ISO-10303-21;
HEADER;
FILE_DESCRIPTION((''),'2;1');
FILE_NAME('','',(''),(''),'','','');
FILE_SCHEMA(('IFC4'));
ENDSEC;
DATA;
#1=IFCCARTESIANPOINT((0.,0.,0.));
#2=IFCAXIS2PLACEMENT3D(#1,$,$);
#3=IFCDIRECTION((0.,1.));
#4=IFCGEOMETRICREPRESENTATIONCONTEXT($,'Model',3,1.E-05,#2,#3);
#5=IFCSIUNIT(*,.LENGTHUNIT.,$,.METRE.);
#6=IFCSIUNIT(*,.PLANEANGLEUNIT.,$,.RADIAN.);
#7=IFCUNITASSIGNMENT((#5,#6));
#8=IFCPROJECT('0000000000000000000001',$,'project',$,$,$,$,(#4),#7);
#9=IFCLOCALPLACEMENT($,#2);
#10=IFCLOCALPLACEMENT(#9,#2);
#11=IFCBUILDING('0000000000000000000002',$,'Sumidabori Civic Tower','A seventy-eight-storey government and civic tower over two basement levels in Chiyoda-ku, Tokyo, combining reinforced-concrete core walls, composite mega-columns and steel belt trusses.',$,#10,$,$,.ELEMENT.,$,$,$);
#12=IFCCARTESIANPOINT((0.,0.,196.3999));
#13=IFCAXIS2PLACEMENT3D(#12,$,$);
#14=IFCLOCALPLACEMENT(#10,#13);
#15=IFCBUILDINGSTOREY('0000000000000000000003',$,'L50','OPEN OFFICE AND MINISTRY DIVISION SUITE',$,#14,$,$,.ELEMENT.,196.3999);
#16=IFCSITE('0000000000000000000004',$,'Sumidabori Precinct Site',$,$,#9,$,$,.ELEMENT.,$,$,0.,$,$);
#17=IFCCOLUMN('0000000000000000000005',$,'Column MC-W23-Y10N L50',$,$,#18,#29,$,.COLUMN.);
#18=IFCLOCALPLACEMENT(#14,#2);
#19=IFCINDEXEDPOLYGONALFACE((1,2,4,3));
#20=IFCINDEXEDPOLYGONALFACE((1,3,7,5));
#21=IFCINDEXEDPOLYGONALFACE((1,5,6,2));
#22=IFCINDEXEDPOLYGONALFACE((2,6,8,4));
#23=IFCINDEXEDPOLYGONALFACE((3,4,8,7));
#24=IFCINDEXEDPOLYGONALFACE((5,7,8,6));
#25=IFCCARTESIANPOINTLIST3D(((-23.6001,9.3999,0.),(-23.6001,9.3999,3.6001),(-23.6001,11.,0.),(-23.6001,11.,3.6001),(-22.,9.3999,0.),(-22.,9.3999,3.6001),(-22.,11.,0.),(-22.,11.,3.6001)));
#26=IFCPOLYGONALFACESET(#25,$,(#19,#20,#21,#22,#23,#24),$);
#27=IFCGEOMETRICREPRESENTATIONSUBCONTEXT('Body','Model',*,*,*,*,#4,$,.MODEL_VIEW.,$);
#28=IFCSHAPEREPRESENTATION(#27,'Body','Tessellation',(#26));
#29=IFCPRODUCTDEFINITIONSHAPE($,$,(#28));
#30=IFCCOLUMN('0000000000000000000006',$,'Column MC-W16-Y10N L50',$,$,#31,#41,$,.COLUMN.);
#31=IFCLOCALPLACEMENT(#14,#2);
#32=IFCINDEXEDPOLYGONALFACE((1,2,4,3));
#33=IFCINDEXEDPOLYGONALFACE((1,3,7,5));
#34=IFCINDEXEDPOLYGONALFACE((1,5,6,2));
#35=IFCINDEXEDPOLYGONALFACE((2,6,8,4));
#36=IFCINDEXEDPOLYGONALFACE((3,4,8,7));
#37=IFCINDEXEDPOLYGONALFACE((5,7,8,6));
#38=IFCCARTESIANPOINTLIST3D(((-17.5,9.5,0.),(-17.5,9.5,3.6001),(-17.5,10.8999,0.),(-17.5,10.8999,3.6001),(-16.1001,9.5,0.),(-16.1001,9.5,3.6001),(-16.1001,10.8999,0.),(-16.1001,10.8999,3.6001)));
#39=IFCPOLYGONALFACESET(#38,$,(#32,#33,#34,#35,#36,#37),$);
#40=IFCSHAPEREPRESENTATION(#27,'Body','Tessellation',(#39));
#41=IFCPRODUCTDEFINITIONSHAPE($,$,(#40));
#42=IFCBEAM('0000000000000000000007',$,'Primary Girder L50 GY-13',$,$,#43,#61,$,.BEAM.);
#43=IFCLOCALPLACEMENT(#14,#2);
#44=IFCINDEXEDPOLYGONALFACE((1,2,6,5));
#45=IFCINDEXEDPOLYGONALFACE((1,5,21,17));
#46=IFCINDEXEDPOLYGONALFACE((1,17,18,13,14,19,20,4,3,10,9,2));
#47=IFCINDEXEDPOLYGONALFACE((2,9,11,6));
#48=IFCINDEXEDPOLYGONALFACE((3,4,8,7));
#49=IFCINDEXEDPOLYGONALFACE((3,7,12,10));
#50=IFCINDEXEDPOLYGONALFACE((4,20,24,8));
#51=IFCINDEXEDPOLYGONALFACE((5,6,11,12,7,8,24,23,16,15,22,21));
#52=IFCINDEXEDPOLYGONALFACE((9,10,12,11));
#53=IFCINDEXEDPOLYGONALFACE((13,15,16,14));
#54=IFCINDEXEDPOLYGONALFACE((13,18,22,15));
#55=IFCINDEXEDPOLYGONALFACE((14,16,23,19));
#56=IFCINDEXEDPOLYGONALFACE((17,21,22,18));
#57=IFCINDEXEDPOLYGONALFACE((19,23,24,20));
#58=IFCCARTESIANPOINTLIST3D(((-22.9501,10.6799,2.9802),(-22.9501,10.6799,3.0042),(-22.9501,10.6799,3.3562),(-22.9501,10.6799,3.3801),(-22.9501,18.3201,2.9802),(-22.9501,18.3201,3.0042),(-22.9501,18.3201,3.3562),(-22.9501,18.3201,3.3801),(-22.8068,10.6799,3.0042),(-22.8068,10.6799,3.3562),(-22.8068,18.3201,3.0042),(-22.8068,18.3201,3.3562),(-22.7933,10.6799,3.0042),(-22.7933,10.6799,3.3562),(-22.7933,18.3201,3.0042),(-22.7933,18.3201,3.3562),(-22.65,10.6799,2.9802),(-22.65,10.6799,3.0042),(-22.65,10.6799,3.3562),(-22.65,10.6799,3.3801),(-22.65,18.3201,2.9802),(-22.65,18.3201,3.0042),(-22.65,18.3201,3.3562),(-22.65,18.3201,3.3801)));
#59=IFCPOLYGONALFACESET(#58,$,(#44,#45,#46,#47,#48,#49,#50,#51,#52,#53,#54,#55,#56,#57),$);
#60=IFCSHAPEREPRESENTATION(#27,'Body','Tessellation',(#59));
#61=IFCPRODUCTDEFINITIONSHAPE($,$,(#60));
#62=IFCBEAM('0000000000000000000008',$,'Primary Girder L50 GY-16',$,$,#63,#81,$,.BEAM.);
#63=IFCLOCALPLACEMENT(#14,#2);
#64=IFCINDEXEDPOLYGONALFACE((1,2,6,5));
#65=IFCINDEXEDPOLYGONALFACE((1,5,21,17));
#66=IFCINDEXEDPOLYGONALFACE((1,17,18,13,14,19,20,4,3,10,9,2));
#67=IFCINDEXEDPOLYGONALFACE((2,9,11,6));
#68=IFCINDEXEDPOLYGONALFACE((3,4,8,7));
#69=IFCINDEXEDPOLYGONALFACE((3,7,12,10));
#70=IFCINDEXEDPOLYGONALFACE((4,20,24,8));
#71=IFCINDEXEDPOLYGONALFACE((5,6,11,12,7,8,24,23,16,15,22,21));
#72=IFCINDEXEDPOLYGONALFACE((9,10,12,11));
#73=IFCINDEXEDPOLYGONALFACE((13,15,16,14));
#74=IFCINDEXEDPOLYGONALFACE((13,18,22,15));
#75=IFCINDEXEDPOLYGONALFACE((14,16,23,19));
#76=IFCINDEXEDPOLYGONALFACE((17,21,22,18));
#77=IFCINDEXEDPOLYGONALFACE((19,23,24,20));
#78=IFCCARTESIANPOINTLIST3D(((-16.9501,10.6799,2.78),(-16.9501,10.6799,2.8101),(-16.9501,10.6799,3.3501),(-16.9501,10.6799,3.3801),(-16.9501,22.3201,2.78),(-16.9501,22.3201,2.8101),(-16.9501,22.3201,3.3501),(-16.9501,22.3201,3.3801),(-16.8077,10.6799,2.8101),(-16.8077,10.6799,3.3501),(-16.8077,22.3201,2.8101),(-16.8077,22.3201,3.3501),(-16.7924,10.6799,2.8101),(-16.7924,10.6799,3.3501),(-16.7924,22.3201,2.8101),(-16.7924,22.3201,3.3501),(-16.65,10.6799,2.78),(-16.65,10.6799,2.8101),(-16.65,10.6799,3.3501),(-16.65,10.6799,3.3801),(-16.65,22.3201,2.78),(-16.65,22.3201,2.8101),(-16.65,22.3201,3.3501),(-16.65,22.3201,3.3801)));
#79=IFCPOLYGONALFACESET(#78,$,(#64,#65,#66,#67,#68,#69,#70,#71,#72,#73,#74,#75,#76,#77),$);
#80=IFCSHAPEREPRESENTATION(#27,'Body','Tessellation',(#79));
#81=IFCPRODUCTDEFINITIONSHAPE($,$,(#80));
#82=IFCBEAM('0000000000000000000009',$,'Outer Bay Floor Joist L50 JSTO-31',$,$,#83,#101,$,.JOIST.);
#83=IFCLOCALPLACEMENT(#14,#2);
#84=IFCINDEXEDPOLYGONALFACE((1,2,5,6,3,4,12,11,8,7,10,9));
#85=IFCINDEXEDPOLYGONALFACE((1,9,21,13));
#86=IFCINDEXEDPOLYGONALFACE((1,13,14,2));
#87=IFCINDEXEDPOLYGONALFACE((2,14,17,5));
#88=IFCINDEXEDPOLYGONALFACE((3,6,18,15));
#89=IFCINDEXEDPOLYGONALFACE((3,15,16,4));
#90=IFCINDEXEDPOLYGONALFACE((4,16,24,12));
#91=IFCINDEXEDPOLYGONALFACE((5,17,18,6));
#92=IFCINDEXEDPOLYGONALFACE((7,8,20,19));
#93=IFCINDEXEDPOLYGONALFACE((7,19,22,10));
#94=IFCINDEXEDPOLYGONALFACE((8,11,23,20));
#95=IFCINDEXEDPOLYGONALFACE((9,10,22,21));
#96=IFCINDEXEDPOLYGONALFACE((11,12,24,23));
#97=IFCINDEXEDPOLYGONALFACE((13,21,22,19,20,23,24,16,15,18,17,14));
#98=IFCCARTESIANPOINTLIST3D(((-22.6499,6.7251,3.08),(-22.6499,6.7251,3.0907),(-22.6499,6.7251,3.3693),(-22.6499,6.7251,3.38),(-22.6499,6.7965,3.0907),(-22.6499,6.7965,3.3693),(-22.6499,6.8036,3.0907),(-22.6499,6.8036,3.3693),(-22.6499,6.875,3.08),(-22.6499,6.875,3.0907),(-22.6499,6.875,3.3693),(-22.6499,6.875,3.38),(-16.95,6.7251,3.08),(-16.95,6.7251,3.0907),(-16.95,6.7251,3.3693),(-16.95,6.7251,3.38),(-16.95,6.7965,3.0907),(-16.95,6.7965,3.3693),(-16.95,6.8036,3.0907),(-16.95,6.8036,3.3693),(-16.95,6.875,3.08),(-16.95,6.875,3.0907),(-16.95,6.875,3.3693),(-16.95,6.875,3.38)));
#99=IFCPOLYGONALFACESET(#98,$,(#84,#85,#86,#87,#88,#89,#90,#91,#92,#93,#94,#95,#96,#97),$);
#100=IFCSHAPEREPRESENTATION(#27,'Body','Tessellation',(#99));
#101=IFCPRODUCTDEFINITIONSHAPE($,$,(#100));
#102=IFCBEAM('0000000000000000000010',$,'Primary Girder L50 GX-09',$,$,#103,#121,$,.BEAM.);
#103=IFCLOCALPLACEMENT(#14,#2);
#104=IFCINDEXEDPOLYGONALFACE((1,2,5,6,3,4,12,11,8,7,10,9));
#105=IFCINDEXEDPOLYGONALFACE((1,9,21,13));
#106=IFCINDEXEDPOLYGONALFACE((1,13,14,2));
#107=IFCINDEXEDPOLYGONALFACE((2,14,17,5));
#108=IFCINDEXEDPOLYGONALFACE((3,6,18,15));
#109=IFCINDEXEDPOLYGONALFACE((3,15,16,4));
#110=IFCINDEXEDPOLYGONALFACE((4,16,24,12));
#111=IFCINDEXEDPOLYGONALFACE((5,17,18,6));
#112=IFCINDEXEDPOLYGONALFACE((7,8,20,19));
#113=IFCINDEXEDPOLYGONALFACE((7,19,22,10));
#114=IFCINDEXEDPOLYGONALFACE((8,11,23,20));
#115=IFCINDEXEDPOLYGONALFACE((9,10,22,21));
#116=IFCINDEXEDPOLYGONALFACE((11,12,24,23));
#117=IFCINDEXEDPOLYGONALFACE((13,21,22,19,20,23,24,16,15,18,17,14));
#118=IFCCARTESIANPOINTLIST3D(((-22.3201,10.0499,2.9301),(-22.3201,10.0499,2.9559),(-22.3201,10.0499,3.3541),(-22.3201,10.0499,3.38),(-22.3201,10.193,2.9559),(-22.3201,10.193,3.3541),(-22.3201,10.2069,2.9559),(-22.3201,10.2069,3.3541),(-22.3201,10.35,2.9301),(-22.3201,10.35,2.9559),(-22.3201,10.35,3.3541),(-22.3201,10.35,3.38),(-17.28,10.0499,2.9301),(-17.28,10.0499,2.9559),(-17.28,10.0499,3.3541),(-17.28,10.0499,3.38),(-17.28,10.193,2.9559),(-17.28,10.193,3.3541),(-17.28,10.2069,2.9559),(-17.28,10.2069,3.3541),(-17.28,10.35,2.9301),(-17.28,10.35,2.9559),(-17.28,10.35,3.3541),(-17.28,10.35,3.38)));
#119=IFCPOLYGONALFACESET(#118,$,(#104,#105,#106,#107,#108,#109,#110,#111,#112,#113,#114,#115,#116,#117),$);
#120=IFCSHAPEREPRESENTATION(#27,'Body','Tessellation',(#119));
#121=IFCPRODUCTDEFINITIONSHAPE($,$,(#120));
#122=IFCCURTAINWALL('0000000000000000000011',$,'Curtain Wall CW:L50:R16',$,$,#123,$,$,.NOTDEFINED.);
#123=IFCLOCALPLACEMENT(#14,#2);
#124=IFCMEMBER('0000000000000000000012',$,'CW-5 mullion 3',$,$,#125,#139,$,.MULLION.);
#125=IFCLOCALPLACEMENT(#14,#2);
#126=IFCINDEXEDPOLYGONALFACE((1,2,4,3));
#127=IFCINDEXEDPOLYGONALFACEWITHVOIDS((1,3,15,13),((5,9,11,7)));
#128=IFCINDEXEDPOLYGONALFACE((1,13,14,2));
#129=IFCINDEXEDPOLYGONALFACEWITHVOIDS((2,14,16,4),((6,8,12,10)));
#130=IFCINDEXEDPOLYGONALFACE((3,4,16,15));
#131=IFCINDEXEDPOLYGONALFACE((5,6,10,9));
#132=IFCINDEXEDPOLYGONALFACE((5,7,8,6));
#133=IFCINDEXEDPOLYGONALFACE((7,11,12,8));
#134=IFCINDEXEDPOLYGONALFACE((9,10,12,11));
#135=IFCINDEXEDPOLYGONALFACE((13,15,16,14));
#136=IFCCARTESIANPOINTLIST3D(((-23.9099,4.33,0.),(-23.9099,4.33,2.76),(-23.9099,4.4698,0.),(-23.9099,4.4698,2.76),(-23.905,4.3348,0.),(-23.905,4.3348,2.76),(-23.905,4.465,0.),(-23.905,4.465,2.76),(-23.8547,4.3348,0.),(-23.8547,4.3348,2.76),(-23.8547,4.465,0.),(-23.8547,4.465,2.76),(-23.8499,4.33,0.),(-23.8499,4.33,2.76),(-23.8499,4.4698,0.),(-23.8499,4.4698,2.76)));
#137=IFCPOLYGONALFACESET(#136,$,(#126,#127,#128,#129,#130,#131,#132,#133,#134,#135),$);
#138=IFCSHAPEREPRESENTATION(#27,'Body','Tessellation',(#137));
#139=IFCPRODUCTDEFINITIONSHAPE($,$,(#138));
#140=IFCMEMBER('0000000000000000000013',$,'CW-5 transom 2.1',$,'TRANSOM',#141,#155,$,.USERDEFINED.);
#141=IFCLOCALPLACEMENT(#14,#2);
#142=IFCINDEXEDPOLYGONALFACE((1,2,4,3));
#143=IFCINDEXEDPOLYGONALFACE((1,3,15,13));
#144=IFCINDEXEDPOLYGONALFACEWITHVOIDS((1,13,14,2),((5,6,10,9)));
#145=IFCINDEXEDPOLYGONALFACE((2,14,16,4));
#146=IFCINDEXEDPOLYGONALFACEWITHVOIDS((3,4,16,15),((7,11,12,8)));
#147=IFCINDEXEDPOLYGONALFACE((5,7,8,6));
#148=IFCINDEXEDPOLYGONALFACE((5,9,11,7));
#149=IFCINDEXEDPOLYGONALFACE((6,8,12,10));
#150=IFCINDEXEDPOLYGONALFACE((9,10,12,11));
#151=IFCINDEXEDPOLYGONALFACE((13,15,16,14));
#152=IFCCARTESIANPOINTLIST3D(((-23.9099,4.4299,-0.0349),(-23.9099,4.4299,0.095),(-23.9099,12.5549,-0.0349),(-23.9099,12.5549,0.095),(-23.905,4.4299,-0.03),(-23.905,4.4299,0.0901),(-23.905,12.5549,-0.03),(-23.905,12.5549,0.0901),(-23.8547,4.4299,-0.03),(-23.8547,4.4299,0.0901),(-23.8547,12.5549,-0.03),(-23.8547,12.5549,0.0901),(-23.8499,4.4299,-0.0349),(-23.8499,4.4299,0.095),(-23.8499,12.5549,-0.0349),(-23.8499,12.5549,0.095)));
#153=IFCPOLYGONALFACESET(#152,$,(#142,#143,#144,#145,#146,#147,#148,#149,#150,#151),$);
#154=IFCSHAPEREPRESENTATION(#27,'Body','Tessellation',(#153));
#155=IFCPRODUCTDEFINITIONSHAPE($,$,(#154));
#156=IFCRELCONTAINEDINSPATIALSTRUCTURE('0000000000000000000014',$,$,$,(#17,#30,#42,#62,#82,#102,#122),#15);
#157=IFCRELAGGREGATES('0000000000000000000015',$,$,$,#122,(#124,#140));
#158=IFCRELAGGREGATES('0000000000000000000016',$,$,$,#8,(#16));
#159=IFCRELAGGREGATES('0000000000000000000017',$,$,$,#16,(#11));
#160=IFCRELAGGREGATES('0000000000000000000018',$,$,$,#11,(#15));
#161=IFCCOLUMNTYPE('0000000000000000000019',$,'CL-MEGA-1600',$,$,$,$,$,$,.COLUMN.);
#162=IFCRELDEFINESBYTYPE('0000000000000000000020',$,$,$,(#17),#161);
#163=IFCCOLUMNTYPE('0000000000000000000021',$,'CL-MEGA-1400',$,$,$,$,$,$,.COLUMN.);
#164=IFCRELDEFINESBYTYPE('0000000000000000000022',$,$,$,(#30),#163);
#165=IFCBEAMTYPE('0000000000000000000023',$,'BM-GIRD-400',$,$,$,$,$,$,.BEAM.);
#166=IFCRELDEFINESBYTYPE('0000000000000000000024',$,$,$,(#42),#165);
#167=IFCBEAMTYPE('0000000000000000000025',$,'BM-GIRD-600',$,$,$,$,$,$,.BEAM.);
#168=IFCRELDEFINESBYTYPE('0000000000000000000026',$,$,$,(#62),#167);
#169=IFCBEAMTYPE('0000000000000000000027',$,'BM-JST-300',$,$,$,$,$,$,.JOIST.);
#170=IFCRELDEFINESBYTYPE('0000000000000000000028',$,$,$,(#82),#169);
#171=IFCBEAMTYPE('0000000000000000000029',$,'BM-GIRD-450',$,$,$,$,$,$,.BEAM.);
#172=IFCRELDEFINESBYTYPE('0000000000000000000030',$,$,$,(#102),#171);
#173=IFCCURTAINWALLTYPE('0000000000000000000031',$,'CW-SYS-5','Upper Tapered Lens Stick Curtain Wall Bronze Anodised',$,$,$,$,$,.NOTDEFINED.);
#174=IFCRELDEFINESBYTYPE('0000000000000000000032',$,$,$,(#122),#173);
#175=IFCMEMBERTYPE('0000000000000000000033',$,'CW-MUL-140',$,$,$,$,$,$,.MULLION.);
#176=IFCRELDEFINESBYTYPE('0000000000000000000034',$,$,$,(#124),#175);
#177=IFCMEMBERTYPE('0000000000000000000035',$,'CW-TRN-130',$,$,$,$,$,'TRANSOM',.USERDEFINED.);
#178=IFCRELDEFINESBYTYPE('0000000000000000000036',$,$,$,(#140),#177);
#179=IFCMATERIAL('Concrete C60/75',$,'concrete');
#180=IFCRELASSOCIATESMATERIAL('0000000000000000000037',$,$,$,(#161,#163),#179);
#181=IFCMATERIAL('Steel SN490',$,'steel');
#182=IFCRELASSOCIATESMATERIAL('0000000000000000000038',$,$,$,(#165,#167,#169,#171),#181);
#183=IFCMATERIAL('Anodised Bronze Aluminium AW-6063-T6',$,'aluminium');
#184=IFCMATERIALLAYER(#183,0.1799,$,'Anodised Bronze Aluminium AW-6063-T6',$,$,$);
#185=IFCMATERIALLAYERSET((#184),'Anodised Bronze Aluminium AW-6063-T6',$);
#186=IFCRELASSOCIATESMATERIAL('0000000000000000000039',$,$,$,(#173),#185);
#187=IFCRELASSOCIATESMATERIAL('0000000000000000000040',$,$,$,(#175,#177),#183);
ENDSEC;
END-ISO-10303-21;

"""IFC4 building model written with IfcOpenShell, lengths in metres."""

from ifc_helpers import new_model, si_unit, direction, frame, origin, origin_2d, place, context, subcontext, project, spatial, rectangle, hollow_rectangle, i_section, extrude, source, transform, mapped, material, layer, layer_set, material_profile, profile_set, type_object, element, aggregate, save


model = new_model("IFC4")

# Units and contexts
model_context = context("Model", 3, precision=1e-05, world=origin(), true_north=direction((0.0, 1.0)))
body_context = subcontext(model_context, "Body", "Model", "MODEL_VIEW")
ifc_project = project(units=[si_unit("LENGTHUNIT", "METRE"), si_unit("PLANEANGLEUNIT", "RADIAN")], contexts=[model_context])

# Site, building, storey
site_placement = place(None, origin())
site = spatial("IfcSite", under=ifc_project, at=site_placement, Name="Sumidabori Precinct Site", CompositionType="ELEMENT", RefElevation=0.0)
building_placement = place(site_placement, origin())
building = spatial("IfcBuilding", under=site, at=building_placement, Name="Sumidabori Civic Tower", Description="A seventy-eight-storey government and civic tower over two basement levels in Chiyoda-ku, Tokyo, combining reinforced-concrete core walls, composite mega-columns and steel belt trusses.", CompositionType="ELEMENT")
storey_placement = place(building_placement, frame((0.0, 0.0, 196.3999)))
storey = spatial("IfcBuildingStorey", under=building, at=storey_placement, Name="L50", Description="OPEN OFFICE AND MINISTRY DIVISION SUITE", CompositionType="ELEMENT", Elevation=196.3999)

# Columns
ifc_material_1 = material(Name="Concrete C60/75", Category="concrete")
ifc_material_profile_1 = material_profile(ifc_material_1, rectangle(XDim=1.6001, YDim=1.6001, at=origin_2d()), Name="RC 1600x1600")
ifc_profile_set_1 = profile_set([ifc_material_profile_1], Name="Concrete C60/75")
column_type_1 = type_object("IfcColumnType", Name="CL-MEGA-1600", PredefinedType="COLUMN", material=ifc_profile_set_1)
shared_shape_1 = source(origin(), body_context, "Body", "SweptSolid", [
    extrude(rectangle(XDim=1.6001, YDim=1.6001, at=origin_2d()), origin(), (0.0, 0.0, 1.0), 3.6001),
])
column_1_placement = place(storey_placement, frame((-22.8, 10.2, 0.0), z_axis=(0.0, 0.0, 1.0), x_axis=(1.0, 0.0, 0.0)))
element("IfcColumn", 1, at=column_1_placement, inside=storey, type_object=column_type_1, Name="Column MC-W23-Y10N L50", PredefinedType="COLUMN", context=body_context, shape_type="MappedRepresentation", body=[
    mapped(shared_shape_1, transform((0.0, 0.0, 0.0), x_axis=(1.0, 0.0, 0.0), y_axis=(0.0, 1.0, 0.0), z_axis=(0.0, 0.0, 1.0), scale=1.0)),
])
ifc_material_profile_2 = material_profile(ifc_material_1, rectangle(XDim=1.3999, YDim=1.3999, at=origin_2d()), Name="RC 1400x1400")
ifc_profile_set_2 = profile_set([ifc_material_profile_2], Name="Concrete C60/75")
column_type_2 = type_object("IfcColumnType", Name="CL-MEGA-1400", PredefinedType="COLUMN", material=ifc_profile_set_2)
shared_shape_2 = source(origin(), body_context, "Body", "SweptSolid", [
    extrude(rectangle(XDim=1.3999, YDim=1.3999, at=origin_2d()), origin(), (0.0, 0.0, 1.0), 3.6001),
])
column_2_placement = place(storey_placement, frame((-16.8, 10.2, 0.0), z_axis=(0.0, 0.0, 1.0), x_axis=(1.0, 0.0, 0.0)))
element("IfcColumn", 2, at=column_2_placement, inside=storey, type_object=column_type_2, Name="Column MC-W16-Y10N L50", PredefinedType="COLUMN", context=body_context, shape_type="MappedRepresentation", body=[
    mapped(shared_shape_2, transform((0.0, 0.0, 0.0), x_axis=(1.0, 0.0, 0.0), y_axis=(0.0, 1.0, 0.0), z_axis=(0.0, 0.0, 1.0), scale=1.0)),
])

# Beams
ifc_material_2 = material(Name="Steel SN490", Category="steel")
ifc_material_profile_3 = material_profile(ifc_material_2, i_section(OverallWidth=0.3, OverallDepth=0.3999, WebThickness=0.0134, FlangeThickness=0.0239, at=origin_2d()), Name="HE 400 B")
ifc_profile_set_3 = profile_set([ifc_material_profile_3], Name="Steel SN490")
beam_type_1 = type_object("IfcBeamType", Name="BM-GIRD-400", PredefinedType="BEAM", material=ifc_profile_set_3)
shared_shape_3 = source(origin(), body_context, "Body", "SweptSolid", [
    extrude(i_section(OverallWidth=0.3, OverallDepth=0.3999, WebThickness=0.0134, FlangeThickness=0.0239, at=origin_2d()), origin(), (0.0, 0.0, 1.0), 7.6401),
])
beam_1_placement = place(storey_placement, frame((-22.8, 10.6799, 3.1802), z_axis=(0.0, 1.0, 0.0), x_axis=(-1.0, 0.0, 0.0)))
element("IfcBeam", 3, at=beam_1_placement, inside=storey, type_object=beam_type_1, Name="Primary Girder L50 GY-13", PredefinedType="BEAM", context=body_context, shape_type="MappedRepresentation", body=[
    mapped(shared_shape_3, transform((0.0, 0.0, 0.0), x_axis=(1.0, 0.0, 0.0), y_axis=(0.0, 1.0, 0.0), z_axis=(0.0, 0.0, 1.0), scale=1.0)),
])
ifc_material_profile_4 = material_profile(ifc_material_2, i_section(OverallWidth=0.3, OverallDepth=0.6001, WebThickness=0.0154, FlangeThickness=0.03, at=origin_2d()), Name="HE 600 B")
ifc_profile_set_4 = profile_set([ifc_material_profile_4], Name="Steel SN490")
beam_type_2 = type_object("IfcBeamType", Name="BM-GIRD-600", PredefinedType="BEAM", material=ifc_profile_set_4)
shared_shape_4 = source(origin(), body_context, "Body", "SweptSolid", [
    extrude(i_section(OverallWidth=0.3, OverallDepth=0.6001, WebThickness=0.0154, FlangeThickness=0.03, at=origin_2d()), origin(), (0.0, 0.0, 1.0), 11.6401),
])
beam_2_placement = place(storey_placement, frame((-16.8, 10.6799, 3.0801), z_axis=(0.0, 1.0, 0.0), x_axis=(-1.0, 0.0, 0.0)))
element("IfcBeam", 4, at=beam_2_placement, inside=storey, type_object=beam_type_2, Name="Primary Girder L50 GY-16", PredefinedType="BEAM", context=body_context, shape_type="MappedRepresentation", body=[
    mapped(shared_shape_4, transform((0.0, 0.0, 0.0), x_axis=(1.0, 0.0, 0.0), y_axis=(0.0, 1.0, 0.0), z_axis=(0.0, 0.0, 1.0), scale=1.0)),
])
ifc_material_profile_5 = material_profile(ifc_material_2, i_section(OverallWidth=0.1499, OverallDepth=0.3, WebThickness=0.0071, FlangeThickness=0.0107, at=origin_2d()), Name="IPE 300")
ifc_profile_set_5 = profile_set([ifc_material_profile_5], Name="Steel SN490")
beam_type_3 = type_object("IfcBeamType", Name="BM-JST-300", PredefinedType="JOIST", material=ifc_profile_set_5)
shared_shape_5 = source(origin(), body_context, "Body", "SweptSolid", [
    extrude(i_section(OverallWidth=0.1499, OverallDepth=0.3, WebThickness=0.0071, FlangeThickness=0.0107, at=origin_2d()), origin(), (0.0, 0.0, 1.0), 5.7),
])
beam_3_placement = place(storey_placement, frame((-22.6499, 6.8, 3.23), z_axis=(1.0, 0.0, 0.0), x_axis=(0.0, 1.0, 0.0)))
element("IfcBeam", 5, at=beam_3_placement, inside=storey, type_object=beam_type_3, Name="Outer Bay Floor Joist L50 JSTO-31", PredefinedType="JOIST", context=body_context, shape_type="MappedRepresentation", body=[
    mapped(shared_shape_5, transform((0.0, 0.0, 0.0), x_axis=(1.0, 0.0, 0.0), y_axis=(0.0, 1.0, 0.0), z_axis=(0.0, 0.0, 1.0), scale=1.0)),
])
ifc_material_profile_6 = material_profile(ifc_material_2, i_section(OverallWidth=0.3, OverallDepth=0.45, WebThickness=0.0139, FlangeThickness=0.0259, at=origin_2d()), Name="HE 450 B")
ifc_profile_set_6 = profile_set([ifc_material_profile_6], Name="Steel SN490")
beam_type_4 = type_object("IfcBeamType", Name="BM-GIRD-450", PredefinedType="BEAM", material=ifc_profile_set_6)
shared_shape_6 = source(origin(), body_context, "Body", "SweptSolid", [
    extrude(i_section(OverallWidth=0.3, OverallDepth=0.45, WebThickness=0.0139, FlangeThickness=0.0259, at=origin_2d()), origin(), (0.0, 0.0, 1.0), 5.04),
])
beam_4_placement = place(storey_placement, frame((-22.3201, 10.2, 3.155), z_axis=(1.0, 0.0, 0.0), x_axis=(0.0, 1.0, 0.0)))
element("IfcBeam", 6, at=beam_4_placement, inside=storey, type_object=beam_type_4, Name="Primary Girder L50 GX-09", PredefinedType="BEAM", context=body_context, shape_type="MappedRepresentation", body=[
    mapped(shared_shape_6, transform((0.0, 0.0, 0.0), x_axis=(1.0, 0.0, 0.0), y_axis=(0.0, 1.0, 0.0), z_axis=(0.0, 0.0, 1.0), scale=1.0)),
])

# Curtain wall, members
ifc_material_3 = material(Name="Anodised Bronze Aluminium AW-6063-T6", Category="aluminium")
ifc_layer_1 = layer(ifc_material_3, 0.1799, Name="Anodised Bronze Aluminium AW-6063-T6")
ifc_layer_set_1 = layer_set([ifc_layer_1], Name="Anodised Bronze Aluminium AW-6063-T6")
curtain_wall_type = type_object("IfcCurtainWallType", Name="CW-SYS-5", Description="Upper Tapered Lens Stick Curtain Wall Bronze Anodised", PredefinedType="NOTDEFINED", material=ifc_layer_set_1)
curtain_wall_placement = place(storey_placement, origin())
curtain_wall = element("IfcCurtainWall", 7, at=curtain_wall_placement, inside=storey, type_object=curtain_wall_type, Name="Curtain Wall CW:L50:R16", PredefinedType="NOTDEFINED")
ifc_material_profile_7 = material_profile(ifc_material_3, hollow_rectangle(XDim=0.0601, YDim=0.1399, WallThickness=0.0049, at=origin_2d()), Name="ALU MULLION 140x60")
ifc_profile_set_7 = profile_set([ifc_material_profile_7], Name="Anodised Bronze Aluminium AW-6063-T6")
member_type_1 = type_object("IfcMemberType", Name="CW-MUL-140", PredefinedType="MULLION", material=ifc_profile_set_7)
shared_shape_7 = source(origin(), body_context, "Body", "SweptSolid", [
    extrude(hollow_rectangle(XDim=0.0601, YDim=0.1399, WallThickness=0.0049, at=origin_2d()), origin(), (0.0, 0.0, 1.0), 2.76),
])
member_1_placement = place(storey_placement, frame((-23.8799, 4.3999, 0.0), z_axis=(0.0, 0.0, 1.0), x_axis=(1.0, 0.0, 0.0)))
member_1 = element("IfcMember", 8, at=member_1_placement, type_object=member_type_1, Name="CW-5 mullion 3", PredefinedType="MULLION", context=body_context, shape_type="MappedRepresentation", body=[
    mapped(shared_shape_7, transform((0.0, 0.0, 0.0), x_axis=(1.0, 0.0, 0.0), y_axis=(0.0, 1.0, 0.0), z_axis=(0.0, 0.0, 1.0), scale=1.0)),
])
ifc_material_profile_8 = material_profile(ifc_material_3, hollow_rectangle(XDim=0.0601, YDim=0.1299, WallThickness=0.0049, at=origin_2d()), Name="ALU TRANSOM 130x60")
ifc_profile_set_8 = profile_set([ifc_material_profile_8], Name="Anodised Bronze Aluminium AW-6063-T6")
member_type_2 = type_object("IfcMemberType", Name="CW-TRN-130", ElementType="TRANSOM", PredefinedType="USERDEFINED", material=ifc_profile_set_8)
shared_shape_8 = source(origin(), body_context, "Body", "SweptSolid", [
    extrude(hollow_rectangle(XDim=0.0601, YDim=0.1299, WallThickness=0.0049, at=origin_2d()), origin(), (0.0, 0.0, 1.0), 8.125),
])
member_2_placement = place(storey_placement, frame((-23.8799, 12.5549, 0.03), z_axis=(0.0, -1.0, 0.0), x_axis=(1.0, 0.0, 0.0)))
member_2 = element("IfcMember", 9, at=member_2_placement, type_object=member_type_2, Name="CW-5 transom 2.1", ObjectType="TRANSOM", PredefinedType="USERDEFINED", context=body_context, shape_type="MappedRepresentation", body=[
    mapped(shared_shape_8, transform((0.0, 0.0, 0.0), x_axis=(1.0, 0.0, 0.0), y_axis=(0.0, 1.0, 0.0), z_axis=(0.0, 0.0, 1.0), scale=1.0)),
])
aggregate(curtain_wall, [member_1, member_2])

save(model, "model.ifc")
